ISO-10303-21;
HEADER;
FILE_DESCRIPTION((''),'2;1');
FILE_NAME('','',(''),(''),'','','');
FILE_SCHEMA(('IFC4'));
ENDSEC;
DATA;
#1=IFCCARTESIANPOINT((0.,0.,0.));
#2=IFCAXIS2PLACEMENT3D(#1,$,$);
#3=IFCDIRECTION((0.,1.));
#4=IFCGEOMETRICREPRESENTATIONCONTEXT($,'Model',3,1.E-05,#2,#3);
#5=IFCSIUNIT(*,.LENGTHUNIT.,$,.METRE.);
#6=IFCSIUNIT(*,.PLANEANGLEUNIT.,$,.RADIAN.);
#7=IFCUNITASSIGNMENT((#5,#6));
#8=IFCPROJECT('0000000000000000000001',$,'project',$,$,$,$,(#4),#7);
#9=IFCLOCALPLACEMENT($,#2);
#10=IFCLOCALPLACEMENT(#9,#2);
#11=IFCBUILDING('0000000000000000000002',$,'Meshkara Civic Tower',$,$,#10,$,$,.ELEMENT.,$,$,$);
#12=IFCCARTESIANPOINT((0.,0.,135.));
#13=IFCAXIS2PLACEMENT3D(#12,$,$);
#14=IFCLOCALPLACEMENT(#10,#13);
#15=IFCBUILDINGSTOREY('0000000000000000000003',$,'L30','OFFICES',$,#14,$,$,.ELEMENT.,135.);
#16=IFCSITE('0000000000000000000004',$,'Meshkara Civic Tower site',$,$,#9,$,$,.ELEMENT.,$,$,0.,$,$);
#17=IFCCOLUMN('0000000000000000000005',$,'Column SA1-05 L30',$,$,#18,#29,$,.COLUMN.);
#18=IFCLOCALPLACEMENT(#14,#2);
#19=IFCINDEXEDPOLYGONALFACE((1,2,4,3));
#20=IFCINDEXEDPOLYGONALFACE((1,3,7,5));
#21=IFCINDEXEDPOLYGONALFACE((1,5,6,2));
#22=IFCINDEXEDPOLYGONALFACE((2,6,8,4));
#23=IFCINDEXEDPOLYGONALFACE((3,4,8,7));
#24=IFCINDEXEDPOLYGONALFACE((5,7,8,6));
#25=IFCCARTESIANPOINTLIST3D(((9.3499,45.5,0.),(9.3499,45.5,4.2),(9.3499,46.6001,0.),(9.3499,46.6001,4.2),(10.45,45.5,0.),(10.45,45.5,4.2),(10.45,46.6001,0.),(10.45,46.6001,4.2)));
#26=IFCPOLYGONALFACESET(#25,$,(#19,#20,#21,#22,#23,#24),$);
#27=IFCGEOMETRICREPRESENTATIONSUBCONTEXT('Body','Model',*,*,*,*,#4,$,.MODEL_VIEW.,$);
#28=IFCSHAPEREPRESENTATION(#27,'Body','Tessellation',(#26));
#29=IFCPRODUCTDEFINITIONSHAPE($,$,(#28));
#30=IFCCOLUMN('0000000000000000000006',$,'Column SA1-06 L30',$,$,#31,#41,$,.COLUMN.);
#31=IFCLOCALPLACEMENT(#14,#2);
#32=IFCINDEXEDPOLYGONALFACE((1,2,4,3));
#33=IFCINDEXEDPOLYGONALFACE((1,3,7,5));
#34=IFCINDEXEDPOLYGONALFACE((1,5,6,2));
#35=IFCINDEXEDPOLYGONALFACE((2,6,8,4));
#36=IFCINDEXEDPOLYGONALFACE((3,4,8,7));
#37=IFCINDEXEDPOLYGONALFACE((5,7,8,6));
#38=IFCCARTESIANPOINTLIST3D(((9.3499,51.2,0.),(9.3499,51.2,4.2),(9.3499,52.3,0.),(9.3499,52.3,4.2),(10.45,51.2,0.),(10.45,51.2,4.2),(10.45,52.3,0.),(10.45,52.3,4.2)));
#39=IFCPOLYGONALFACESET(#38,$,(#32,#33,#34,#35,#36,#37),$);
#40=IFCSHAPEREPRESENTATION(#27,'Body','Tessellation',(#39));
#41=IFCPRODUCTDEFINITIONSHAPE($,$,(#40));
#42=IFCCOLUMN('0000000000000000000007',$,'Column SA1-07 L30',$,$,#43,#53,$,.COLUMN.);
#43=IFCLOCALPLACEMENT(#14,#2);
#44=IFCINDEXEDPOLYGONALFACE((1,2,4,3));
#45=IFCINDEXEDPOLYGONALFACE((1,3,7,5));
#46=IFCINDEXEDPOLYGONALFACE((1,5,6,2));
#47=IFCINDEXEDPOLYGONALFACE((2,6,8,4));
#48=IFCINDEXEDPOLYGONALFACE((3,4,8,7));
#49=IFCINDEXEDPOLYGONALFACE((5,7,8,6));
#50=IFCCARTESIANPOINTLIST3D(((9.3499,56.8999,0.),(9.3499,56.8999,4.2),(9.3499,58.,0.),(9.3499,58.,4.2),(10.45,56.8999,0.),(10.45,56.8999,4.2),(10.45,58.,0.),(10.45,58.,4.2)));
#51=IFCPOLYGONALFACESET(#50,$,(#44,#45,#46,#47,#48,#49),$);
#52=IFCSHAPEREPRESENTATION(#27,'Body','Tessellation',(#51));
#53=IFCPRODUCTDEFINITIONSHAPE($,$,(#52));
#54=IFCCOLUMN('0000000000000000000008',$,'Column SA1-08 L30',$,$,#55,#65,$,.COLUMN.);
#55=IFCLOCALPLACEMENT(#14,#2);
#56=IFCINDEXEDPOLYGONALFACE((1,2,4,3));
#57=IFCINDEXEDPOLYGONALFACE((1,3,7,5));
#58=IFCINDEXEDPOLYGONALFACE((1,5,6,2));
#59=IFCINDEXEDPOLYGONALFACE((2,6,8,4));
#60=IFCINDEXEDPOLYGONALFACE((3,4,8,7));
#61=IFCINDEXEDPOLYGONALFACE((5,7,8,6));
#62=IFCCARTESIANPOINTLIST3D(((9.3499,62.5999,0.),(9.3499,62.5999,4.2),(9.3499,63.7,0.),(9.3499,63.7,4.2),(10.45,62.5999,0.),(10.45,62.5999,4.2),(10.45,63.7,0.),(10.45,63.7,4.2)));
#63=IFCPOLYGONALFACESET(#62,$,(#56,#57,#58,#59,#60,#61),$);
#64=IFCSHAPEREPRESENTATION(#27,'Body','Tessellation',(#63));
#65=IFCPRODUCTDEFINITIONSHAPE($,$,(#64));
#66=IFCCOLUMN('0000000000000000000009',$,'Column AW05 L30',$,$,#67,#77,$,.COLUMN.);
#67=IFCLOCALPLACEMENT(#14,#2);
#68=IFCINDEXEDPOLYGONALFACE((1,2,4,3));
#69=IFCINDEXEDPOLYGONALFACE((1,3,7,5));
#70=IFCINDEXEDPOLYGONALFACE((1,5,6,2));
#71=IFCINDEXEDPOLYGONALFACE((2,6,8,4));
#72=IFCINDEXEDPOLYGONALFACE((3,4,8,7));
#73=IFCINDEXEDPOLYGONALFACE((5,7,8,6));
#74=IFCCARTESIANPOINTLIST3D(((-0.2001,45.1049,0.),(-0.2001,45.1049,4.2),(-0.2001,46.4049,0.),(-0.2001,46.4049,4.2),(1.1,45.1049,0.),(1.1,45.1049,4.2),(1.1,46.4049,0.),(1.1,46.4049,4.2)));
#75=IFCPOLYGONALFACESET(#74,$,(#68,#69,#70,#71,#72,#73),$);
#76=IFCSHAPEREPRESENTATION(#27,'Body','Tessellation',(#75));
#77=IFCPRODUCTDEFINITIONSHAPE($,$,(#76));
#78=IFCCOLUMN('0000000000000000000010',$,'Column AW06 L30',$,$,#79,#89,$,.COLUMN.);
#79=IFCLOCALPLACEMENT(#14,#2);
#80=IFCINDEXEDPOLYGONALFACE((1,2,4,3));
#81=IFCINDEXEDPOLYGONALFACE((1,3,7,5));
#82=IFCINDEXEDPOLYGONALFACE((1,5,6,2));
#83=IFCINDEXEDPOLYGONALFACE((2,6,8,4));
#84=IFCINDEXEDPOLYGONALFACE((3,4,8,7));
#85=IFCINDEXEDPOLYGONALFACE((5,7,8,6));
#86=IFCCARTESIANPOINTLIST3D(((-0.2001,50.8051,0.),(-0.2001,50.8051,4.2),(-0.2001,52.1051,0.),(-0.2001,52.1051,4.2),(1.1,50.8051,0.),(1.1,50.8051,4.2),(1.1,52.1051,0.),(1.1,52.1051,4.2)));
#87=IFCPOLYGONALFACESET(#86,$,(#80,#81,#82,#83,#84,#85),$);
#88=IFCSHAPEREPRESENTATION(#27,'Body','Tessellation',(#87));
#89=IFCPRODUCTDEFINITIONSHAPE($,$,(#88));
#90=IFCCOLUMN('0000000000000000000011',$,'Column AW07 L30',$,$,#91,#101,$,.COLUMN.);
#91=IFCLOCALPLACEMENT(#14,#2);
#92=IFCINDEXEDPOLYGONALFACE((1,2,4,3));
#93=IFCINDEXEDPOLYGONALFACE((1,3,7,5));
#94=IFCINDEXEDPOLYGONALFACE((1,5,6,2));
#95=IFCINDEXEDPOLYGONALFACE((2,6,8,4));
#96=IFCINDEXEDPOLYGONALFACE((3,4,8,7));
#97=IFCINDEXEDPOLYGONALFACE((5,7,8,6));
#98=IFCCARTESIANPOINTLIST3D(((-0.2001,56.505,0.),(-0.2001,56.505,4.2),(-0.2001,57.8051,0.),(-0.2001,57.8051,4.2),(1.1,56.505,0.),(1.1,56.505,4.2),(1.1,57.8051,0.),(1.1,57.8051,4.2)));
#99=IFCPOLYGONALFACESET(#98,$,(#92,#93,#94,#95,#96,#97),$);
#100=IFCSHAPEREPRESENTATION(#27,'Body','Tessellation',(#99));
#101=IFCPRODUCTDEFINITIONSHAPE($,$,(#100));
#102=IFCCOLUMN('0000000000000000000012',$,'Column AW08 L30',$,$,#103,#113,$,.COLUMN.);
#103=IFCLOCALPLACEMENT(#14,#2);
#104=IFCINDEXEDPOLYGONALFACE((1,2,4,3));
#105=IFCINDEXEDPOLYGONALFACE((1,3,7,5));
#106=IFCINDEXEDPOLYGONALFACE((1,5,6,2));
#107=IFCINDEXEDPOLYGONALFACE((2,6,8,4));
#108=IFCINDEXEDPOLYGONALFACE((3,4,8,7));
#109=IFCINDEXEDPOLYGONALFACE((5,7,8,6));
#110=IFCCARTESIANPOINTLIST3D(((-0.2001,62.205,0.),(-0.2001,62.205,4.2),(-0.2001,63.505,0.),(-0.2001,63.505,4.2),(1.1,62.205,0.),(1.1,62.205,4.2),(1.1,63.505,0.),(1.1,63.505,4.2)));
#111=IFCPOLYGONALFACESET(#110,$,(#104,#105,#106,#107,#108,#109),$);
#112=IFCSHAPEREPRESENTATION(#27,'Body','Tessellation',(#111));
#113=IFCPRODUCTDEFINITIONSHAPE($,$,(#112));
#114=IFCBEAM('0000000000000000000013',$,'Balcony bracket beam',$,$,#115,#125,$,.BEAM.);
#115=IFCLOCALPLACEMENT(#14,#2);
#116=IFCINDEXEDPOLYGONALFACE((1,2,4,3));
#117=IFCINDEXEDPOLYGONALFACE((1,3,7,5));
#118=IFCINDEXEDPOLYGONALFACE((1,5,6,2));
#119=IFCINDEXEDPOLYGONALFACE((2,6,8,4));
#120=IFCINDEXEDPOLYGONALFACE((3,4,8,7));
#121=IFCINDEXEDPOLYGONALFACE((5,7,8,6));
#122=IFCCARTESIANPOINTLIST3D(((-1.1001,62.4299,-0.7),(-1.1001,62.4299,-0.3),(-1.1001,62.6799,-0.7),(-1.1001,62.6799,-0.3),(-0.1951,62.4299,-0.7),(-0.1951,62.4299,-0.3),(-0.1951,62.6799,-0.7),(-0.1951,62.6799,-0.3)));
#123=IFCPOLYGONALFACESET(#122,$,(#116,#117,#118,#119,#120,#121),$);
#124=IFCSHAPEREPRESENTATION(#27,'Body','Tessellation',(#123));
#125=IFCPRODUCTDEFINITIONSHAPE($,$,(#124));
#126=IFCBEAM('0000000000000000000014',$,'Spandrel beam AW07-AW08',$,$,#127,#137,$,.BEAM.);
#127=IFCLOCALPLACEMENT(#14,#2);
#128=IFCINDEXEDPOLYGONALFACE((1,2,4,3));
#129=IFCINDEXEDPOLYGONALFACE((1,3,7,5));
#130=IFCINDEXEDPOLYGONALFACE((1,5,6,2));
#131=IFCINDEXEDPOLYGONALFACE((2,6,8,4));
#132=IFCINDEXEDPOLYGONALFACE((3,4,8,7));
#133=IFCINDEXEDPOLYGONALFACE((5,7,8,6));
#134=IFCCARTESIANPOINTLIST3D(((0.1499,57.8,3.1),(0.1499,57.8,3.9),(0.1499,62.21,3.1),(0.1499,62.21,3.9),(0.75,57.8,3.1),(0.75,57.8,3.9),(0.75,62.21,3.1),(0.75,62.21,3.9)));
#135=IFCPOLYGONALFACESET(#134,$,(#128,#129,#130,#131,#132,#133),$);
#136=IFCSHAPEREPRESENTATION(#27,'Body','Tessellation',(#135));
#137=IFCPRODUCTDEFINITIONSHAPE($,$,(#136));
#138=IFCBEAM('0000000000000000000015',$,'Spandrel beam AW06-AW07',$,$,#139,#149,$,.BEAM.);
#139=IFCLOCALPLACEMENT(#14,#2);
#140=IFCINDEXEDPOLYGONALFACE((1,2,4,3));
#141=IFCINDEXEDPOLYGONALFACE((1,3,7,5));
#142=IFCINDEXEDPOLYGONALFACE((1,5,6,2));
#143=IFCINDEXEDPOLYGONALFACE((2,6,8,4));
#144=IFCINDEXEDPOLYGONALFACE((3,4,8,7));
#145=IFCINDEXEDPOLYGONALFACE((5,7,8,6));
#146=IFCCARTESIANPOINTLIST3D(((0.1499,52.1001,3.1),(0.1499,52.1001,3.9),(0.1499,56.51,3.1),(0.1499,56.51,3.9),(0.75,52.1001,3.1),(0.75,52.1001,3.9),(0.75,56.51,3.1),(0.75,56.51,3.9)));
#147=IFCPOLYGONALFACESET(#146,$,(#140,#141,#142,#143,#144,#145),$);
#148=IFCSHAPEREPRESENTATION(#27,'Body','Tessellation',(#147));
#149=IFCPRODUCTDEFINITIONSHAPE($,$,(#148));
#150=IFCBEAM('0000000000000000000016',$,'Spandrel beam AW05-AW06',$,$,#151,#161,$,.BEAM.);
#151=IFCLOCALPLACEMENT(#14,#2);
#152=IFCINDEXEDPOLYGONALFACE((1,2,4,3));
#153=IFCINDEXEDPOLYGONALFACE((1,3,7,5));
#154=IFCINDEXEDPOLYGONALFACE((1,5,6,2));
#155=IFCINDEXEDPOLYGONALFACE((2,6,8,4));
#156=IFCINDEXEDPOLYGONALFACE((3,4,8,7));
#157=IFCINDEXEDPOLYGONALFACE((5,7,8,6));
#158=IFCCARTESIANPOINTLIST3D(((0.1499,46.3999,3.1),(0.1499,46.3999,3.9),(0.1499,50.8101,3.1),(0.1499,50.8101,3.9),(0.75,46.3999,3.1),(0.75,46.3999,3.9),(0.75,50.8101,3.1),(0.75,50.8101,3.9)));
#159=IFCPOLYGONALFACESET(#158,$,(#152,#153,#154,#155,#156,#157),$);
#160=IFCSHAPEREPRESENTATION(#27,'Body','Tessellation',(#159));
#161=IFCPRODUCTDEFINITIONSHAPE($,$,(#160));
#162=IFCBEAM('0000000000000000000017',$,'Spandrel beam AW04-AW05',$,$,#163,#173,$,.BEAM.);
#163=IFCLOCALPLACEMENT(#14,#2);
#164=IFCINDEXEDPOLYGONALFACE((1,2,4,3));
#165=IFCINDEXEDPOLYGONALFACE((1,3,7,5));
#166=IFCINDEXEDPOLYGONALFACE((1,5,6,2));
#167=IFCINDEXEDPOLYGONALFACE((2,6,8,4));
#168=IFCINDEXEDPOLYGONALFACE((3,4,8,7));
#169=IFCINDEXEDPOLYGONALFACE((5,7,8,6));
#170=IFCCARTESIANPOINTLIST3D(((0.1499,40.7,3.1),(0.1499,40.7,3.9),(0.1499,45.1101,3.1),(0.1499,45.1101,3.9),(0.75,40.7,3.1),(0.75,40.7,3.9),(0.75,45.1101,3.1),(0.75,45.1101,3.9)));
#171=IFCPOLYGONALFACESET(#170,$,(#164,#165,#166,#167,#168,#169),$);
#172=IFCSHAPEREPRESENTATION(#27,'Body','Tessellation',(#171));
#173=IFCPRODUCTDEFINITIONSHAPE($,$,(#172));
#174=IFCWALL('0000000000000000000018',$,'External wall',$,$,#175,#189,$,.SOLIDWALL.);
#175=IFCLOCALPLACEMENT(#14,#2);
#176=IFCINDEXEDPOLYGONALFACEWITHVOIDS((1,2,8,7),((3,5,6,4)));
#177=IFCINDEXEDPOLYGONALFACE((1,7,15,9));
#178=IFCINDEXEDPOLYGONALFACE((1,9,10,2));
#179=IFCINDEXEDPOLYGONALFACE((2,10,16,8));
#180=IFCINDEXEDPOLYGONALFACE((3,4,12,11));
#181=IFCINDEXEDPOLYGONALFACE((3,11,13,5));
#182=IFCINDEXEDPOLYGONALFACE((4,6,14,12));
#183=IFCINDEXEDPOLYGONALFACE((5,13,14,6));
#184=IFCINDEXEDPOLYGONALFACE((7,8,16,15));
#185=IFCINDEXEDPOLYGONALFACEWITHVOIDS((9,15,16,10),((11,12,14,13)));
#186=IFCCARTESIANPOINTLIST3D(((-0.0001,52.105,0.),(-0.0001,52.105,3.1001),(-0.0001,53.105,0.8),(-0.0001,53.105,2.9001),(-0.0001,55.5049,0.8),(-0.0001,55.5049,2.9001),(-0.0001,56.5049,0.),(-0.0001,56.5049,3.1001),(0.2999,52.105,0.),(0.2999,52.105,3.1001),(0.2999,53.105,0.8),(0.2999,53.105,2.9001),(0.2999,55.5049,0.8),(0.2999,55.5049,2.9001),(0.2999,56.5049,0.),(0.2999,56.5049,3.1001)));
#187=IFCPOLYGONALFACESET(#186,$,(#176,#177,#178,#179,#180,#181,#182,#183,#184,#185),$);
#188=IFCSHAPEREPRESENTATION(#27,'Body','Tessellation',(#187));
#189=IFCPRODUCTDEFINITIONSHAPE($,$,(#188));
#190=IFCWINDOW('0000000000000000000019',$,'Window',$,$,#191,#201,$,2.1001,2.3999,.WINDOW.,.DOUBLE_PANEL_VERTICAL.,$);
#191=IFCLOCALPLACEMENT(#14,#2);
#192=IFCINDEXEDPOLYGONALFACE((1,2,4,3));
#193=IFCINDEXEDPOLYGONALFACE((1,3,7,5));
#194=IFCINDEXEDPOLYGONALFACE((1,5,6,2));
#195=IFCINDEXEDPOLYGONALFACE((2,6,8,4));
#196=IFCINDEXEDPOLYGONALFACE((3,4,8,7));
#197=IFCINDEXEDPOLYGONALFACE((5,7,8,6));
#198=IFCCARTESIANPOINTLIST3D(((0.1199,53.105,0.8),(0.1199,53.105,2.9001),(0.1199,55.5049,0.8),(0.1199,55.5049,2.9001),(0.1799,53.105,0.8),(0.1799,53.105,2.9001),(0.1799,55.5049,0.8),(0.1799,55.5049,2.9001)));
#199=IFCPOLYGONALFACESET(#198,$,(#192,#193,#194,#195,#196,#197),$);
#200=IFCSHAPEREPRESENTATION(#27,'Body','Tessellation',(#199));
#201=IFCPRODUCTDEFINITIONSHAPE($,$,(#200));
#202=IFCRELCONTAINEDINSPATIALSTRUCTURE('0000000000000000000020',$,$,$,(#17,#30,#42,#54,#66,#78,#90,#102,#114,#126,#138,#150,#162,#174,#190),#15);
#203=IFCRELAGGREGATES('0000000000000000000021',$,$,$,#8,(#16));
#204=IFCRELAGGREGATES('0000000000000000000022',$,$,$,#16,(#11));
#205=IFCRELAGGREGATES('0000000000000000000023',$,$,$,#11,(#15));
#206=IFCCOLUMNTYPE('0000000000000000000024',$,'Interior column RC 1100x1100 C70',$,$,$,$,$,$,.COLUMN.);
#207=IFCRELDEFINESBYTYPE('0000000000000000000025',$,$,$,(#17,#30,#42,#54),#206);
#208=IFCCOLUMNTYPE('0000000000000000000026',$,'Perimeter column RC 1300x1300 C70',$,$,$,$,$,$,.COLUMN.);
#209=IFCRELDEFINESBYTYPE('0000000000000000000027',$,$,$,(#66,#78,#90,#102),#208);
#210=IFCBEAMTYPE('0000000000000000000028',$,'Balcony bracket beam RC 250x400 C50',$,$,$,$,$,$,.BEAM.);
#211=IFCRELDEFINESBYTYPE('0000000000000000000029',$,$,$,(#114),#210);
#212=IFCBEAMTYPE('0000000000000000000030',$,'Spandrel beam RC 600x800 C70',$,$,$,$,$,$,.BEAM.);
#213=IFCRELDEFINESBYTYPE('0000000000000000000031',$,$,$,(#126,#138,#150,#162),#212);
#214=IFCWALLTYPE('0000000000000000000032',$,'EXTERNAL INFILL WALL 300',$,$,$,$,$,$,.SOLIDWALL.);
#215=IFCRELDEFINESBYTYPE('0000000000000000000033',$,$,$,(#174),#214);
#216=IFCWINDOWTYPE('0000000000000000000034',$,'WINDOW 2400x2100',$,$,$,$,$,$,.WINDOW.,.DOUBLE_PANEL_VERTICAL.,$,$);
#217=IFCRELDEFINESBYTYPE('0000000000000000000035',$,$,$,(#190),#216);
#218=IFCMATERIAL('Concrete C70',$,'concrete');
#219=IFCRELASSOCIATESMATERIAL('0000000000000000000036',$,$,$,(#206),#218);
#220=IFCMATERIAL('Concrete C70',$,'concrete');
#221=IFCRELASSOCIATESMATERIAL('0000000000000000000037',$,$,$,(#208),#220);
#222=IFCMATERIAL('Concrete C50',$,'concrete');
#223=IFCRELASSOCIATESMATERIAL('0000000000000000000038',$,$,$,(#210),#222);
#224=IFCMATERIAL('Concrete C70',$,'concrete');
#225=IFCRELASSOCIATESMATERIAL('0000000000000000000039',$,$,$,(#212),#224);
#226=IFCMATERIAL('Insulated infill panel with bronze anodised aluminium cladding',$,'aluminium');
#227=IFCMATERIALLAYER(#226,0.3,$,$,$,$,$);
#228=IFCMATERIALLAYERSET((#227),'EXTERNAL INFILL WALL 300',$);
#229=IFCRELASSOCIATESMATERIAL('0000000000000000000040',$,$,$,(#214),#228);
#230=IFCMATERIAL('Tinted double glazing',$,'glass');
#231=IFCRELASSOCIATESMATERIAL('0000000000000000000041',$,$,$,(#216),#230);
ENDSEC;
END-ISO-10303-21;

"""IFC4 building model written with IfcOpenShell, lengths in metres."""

from ifc_helpers import new_model, si_unit, direction, frame, frame_2d, origin, origin_2d, place, context, subcontext, project, spatial, rectangle, extrude, material, layer, layer_set, material_profile, profile_set, type_object, element, fill, save


model = new_model("IFC4")

# Units and contexts
model_context = context("Model", 3, precision=1e-05, world=origin(), true_north=direction((0.0, 1.0)))
body_context = subcontext(model_context, "Body", "Model", "MODEL_VIEW")
ifc_project = project(units=[si_unit("LENGTHUNIT", "METRE"), si_unit("PLANEANGLEUNIT", "RADIAN")], contexts=[model_context])

# Site, building, storey
site_placement = place(None, origin())
site = spatial("IfcSite", under=ifc_project, at=site_placement, Name="Meshkara Civic Tower site", CompositionType="ELEMENT", RefElevation=0.0)
building_placement = place(site_placement, origin())
building = spatial("IfcBuilding", under=site, at=building_placement, Name="Meshkara Civic Tower", CompositionType="ELEMENT")
storey_placement = place(building_placement, frame((0.0, 0.0, 135.0)))
storey = spatial("IfcBuildingStorey", under=building, at=storey_placement, Name="L30", Description="OFFICES", CompositionType="ELEMENT", Elevation=135.0)

# Columns
ifc_material_1 = material(Name="Concrete C70", Category="concrete")
ifc_material_profile_1 = material_profile(ifc_material_1, rectangle(XDim=1.1001, YDim=1.1001, at=origin_2d()))
ifc_profile_set_1 = profile_set([ifc_material_profile_1], Name="Concrete C70")
column_type_1 = type_object("IfcColumnType", Name="Interior column RC 1100x1100 C70", PredefinedType="COLUMN", material=ifc_profile_set_1)
for number, where, z_axis, x_axis, name in (
    (1, (9.8999, 46.05, 0.0), (0.0, 0.0, 1.0), (1.0, 0.0, 0.0), "Column SA1-05 L30"),
    (2, (9.8999, 51.75, 0.0), (0.0, 0.0, 1.0), (1.0, 0.0, 0.0), "Column SA1-06 L30"),
    (3, (9.8999, 57.45, 0.0), (0.0, 0.0, 1.0), (1.0, 0.0, 0.0), "Column SA1-07 L30"),
    (4, (9.8999, 63.1499, 0.0), (0.0, 0.0, 1.0), (1.0, 0.0, 0.0), "Column SA1-08 L30"),
):
    element("IfcColumn", number, at=place(storey_placement, frame(where, z_axis=z_axis, x_axis=x_axis)), inside=storey, type_object=column_type_1, Name=name, PredefinedType="COLUMN", context=body_context, shape_type="SweptSolid", body=[
        extrude(rectangle(XDim=1.1001, YDim=1.1001, at=origin_2d()), origin(), (0.0, 0.0, 1.0), 4.2),
    ])
ifc_material_2 = material(Name="Concrete C70", Category="concrete")
ifc_material_profile_2 = material_profile(ifc_material_2, rectangle(XDim=1.3, YDim=1.3, at=origin_2d()))
ifc_profile_set_2 = profile_set([ifc_material_profile_2], Name="Concrete C70")
column_type_2 = type_object("IfcColumnType", Name="Perimeter column RC 1300x1300 C70", PredefinedType="COLUMN", material=ifc_profile_set_2)
for number, where, z_axis, x_axis, name in (
    (5, (0.45, 45.7549, 0.0), (0.0, 0.0, 1.0), (1.0, 0.0, 0.0), "Column AW05 L30"),
    (6, (0.45, 51.4551, 0.0), (0.0, 0.0, 1.0), (1.0, 0.0, 0.0), "Column AW06 L30"),
    (7, (0.45, 57.155, 0.0), (0.0, 0.0, 1.0), (1.0, 0.0, 0.0), "Column AW07 L30"),
    (8, (0.45, 62.855, 0.0), (0.0, 0.0, 1.0), (1.0, 0.0, 0.0), "Column AW08 L30"),
):
    element("IfcColumn", number, at=place(storey_placement, frame(where, z_axis=z_axis, x_axis=x_axis)), inside=storey, type_object=column_type_2, Name=name, PredefinedType="COLUMN", context=body_context, shape_type="SweptSolid", body=[
        extrude(rectangle(XDim=1.3, YDim=1.3, at=origin_2d()), origin(), (0.0, 0.0, 1.0), 4.2),
    ])

# Beams
ifc_material_3 = material(Name="Concrete C50", Category="concrete")
ifc_material_profile_3 = material_profile(ifc_material_3, rectangle(XDim=0.25, YDim=0.3999, at=origin_2d()))
ifc_profile_set_3 = profile_set([ifc_material_profile_3], Name="Concrete C50")
beam_type_1 = type_object("IfcBeamType", Name="Balcony bracket beam RC 250x400 C50", PredefinedType="BEAM", material=ifc_profile_set_3)
beam_placement = place(storey_placement, frame((-0.1951, 62.5549, -0.5), z_axis=(-1.0, 0.0, 0.0), x_axis=(0.0, -1.0, 0.0)))
element("IfcBeam", 9, at=beam_placement, inside=storey, type_object=beam_type_1, Name="Balcony bracket beam", PredefinedType="BEAM", context=body_context, shape_type="SweptSolid", body=[
    extrude(rectangle(XDim=0.25, YDim=0.3999, at=origin_2d()), origin(), (0.0, 0.0, 1.0), 0.905),
])
ifc_material_4 = material(Name="Concrete C70", Category="concrete")
ifc_material_profile_4 = material_profile(ifc_material_4, rectangle(XDim=0.6001, YDim=0.8, at=origin_2d()))
ifc_profile_set_4 = profile_set([ifc_material_profile_4], Name="Concrete C70")
beam_type_2 = type_object("IfcBeamType", Name="Spandrel beam RC 600x800 C70", PredefinedType="BEAM", material=ifc_profile_set_4)
for number, where, z_axis, x_axis, name in (
    (10, (0.45, 62.21, 3.5), (0.0, -1.0, 0.0), (1.0, 0.0, 0.0), "Spandrel beam AW07-AW08"),
    (11, (0.45, 56.51, 3.5), (0.0, -1.0, 0.0), (1.0, 0.0, 0.0), "Spandrel beam AW06-AW07"),
):
    element("IfcBeam", number, at=place(storey_placement, frame(where, z_axis=z_axis, x_axis=x_axis)), inside=storey, type_object=beam_type_2, Name=name, PredefinedType="BEAM", context=body_context, shape_type="SweptSolid", body=[
        extrude(rectangle(XDim=0.6001, YDim=0.8, at=origin_2d()), origin(), (0.0, 0.0, 1.0), 4.4099),
    ])
for number, where, z_axis, x_axis, name in (
    (12, (0.45, 50.8101, 3.5), (0.0, -1.0, 0.0), (1.0, 0.0, 0.0), "Spandrel beam AW05-AW06"),
    (13, (0.45, 45.1101, 3.5), (0.0, -1.0, 0.0), (1.0, 0.0, 0.0), "Spandrel beam AW04-AW05"),
):
    element("IfcBeam", number, at=place(storey_placement, frame(where, z_axis=z_axis, x_axis=x_axis)), inside=storey, type_object=beam_type_2, Name=name, PredefinedType="BEAM", context=body_context, shape_type="SweptSolid", body=[
        extrude(rectangle(XDim=0.6001, YDim=0.8, at=origin_2d()), origin(), (0.0, 0.0, 1.0), 4.4102),
    ])

# Wall, opening, window
ifc_material_5 = material(Name="Insulated infill panel with bronze anodised aluminium cladding", Category="aluminium")
ifc_layer_1 = layer(ifc_material_5, 0.3)
ifc_layer_set_1 = layer_set([ifc_layer_1], Name="EXTERNAL INFILL WALL 300")
wall_type_1 = type_object("IfcWallType", Name="EXTERNAL INFILL WALL 300", PredefinedType="SOLIDWALL", material=ifc_layer_set_1)
wall_1_placement = place(storey_placement, frame((0.1499, 56.5049, 0.0), z_axis=(0.0, 0.0, 1.0), x_axis=(0.0, -1.0, 0.0)))
wall_1 = element("IfcWall", 14, at=wall_1_placement, inside=storey, type_object=wall_type_1, Name="External wall", PredefinedType="SOLIDWALL", context=body_context, shape_type="SweptSolid", body=[
    extrude(rectangle(XDim=4.3999, YDim=0.3, at=frame_2d((2.2, 0.0))), origin(), (0.0, 0.0, 1.0), 3.1001),
])
opening_1_placement = place(wall_1_placement, frame((1.0, 0.0, 0.8)))
opening_1 = element("IfcOpeningElement", 15, at=opening_1_placement, cuts=wall_1, PredefinedType="OPENING", context=body_context, shape_type="SweptSolid", body=[
    extrude(rectangle(XDim=2.3999, YDim=2.1001, at=frame_2d((1.2, 1.05))), frame((0.0, 0.1599, 0.0), z_axis=(0.0, -1.0, 0.0), x_axis=(1.0, 0.0, 0.0)), (0.0, 0.0, 1.0), 0.3201),
])
ifc_material_6 = material(Name="Tinted double glazing", Category="glass")
window_type = type_object("IfcWindowType", Name="WINDOW 2400x2100", PartitioningType="DOUBLE_PANEL_VERTICAL", PredefinedType="WINDOW", material=ifc_material_6)
window_1_placement = place(opening_1_placement, origin())
window_1 = element("IfcWindow", 16, at=window_1_placement, inside=storey, type_object=window_type, Name="Window", OverallHeight=2.1001, OverallWidth=2.3999, PartitioningType="DOUBLE_PANEL_VERTICAL", PredefinedType="WINDOW", context=body_context, shape_type="SweptSolid", body=[
    extrude(rectangle(XDim=2.3999, YDim=2.1001, at=frame_2d((1.2, 1.05))), frame((0.0, 0.03, 0.0), z_axis=(0.0, -1.0, 0.0), x_axis=(1.0, 0.0, 0.0)), (0.0, 0.0, 1.0), 0.0601),
])
fill(opening_1, window_1)

save(model, "model.ifc")
